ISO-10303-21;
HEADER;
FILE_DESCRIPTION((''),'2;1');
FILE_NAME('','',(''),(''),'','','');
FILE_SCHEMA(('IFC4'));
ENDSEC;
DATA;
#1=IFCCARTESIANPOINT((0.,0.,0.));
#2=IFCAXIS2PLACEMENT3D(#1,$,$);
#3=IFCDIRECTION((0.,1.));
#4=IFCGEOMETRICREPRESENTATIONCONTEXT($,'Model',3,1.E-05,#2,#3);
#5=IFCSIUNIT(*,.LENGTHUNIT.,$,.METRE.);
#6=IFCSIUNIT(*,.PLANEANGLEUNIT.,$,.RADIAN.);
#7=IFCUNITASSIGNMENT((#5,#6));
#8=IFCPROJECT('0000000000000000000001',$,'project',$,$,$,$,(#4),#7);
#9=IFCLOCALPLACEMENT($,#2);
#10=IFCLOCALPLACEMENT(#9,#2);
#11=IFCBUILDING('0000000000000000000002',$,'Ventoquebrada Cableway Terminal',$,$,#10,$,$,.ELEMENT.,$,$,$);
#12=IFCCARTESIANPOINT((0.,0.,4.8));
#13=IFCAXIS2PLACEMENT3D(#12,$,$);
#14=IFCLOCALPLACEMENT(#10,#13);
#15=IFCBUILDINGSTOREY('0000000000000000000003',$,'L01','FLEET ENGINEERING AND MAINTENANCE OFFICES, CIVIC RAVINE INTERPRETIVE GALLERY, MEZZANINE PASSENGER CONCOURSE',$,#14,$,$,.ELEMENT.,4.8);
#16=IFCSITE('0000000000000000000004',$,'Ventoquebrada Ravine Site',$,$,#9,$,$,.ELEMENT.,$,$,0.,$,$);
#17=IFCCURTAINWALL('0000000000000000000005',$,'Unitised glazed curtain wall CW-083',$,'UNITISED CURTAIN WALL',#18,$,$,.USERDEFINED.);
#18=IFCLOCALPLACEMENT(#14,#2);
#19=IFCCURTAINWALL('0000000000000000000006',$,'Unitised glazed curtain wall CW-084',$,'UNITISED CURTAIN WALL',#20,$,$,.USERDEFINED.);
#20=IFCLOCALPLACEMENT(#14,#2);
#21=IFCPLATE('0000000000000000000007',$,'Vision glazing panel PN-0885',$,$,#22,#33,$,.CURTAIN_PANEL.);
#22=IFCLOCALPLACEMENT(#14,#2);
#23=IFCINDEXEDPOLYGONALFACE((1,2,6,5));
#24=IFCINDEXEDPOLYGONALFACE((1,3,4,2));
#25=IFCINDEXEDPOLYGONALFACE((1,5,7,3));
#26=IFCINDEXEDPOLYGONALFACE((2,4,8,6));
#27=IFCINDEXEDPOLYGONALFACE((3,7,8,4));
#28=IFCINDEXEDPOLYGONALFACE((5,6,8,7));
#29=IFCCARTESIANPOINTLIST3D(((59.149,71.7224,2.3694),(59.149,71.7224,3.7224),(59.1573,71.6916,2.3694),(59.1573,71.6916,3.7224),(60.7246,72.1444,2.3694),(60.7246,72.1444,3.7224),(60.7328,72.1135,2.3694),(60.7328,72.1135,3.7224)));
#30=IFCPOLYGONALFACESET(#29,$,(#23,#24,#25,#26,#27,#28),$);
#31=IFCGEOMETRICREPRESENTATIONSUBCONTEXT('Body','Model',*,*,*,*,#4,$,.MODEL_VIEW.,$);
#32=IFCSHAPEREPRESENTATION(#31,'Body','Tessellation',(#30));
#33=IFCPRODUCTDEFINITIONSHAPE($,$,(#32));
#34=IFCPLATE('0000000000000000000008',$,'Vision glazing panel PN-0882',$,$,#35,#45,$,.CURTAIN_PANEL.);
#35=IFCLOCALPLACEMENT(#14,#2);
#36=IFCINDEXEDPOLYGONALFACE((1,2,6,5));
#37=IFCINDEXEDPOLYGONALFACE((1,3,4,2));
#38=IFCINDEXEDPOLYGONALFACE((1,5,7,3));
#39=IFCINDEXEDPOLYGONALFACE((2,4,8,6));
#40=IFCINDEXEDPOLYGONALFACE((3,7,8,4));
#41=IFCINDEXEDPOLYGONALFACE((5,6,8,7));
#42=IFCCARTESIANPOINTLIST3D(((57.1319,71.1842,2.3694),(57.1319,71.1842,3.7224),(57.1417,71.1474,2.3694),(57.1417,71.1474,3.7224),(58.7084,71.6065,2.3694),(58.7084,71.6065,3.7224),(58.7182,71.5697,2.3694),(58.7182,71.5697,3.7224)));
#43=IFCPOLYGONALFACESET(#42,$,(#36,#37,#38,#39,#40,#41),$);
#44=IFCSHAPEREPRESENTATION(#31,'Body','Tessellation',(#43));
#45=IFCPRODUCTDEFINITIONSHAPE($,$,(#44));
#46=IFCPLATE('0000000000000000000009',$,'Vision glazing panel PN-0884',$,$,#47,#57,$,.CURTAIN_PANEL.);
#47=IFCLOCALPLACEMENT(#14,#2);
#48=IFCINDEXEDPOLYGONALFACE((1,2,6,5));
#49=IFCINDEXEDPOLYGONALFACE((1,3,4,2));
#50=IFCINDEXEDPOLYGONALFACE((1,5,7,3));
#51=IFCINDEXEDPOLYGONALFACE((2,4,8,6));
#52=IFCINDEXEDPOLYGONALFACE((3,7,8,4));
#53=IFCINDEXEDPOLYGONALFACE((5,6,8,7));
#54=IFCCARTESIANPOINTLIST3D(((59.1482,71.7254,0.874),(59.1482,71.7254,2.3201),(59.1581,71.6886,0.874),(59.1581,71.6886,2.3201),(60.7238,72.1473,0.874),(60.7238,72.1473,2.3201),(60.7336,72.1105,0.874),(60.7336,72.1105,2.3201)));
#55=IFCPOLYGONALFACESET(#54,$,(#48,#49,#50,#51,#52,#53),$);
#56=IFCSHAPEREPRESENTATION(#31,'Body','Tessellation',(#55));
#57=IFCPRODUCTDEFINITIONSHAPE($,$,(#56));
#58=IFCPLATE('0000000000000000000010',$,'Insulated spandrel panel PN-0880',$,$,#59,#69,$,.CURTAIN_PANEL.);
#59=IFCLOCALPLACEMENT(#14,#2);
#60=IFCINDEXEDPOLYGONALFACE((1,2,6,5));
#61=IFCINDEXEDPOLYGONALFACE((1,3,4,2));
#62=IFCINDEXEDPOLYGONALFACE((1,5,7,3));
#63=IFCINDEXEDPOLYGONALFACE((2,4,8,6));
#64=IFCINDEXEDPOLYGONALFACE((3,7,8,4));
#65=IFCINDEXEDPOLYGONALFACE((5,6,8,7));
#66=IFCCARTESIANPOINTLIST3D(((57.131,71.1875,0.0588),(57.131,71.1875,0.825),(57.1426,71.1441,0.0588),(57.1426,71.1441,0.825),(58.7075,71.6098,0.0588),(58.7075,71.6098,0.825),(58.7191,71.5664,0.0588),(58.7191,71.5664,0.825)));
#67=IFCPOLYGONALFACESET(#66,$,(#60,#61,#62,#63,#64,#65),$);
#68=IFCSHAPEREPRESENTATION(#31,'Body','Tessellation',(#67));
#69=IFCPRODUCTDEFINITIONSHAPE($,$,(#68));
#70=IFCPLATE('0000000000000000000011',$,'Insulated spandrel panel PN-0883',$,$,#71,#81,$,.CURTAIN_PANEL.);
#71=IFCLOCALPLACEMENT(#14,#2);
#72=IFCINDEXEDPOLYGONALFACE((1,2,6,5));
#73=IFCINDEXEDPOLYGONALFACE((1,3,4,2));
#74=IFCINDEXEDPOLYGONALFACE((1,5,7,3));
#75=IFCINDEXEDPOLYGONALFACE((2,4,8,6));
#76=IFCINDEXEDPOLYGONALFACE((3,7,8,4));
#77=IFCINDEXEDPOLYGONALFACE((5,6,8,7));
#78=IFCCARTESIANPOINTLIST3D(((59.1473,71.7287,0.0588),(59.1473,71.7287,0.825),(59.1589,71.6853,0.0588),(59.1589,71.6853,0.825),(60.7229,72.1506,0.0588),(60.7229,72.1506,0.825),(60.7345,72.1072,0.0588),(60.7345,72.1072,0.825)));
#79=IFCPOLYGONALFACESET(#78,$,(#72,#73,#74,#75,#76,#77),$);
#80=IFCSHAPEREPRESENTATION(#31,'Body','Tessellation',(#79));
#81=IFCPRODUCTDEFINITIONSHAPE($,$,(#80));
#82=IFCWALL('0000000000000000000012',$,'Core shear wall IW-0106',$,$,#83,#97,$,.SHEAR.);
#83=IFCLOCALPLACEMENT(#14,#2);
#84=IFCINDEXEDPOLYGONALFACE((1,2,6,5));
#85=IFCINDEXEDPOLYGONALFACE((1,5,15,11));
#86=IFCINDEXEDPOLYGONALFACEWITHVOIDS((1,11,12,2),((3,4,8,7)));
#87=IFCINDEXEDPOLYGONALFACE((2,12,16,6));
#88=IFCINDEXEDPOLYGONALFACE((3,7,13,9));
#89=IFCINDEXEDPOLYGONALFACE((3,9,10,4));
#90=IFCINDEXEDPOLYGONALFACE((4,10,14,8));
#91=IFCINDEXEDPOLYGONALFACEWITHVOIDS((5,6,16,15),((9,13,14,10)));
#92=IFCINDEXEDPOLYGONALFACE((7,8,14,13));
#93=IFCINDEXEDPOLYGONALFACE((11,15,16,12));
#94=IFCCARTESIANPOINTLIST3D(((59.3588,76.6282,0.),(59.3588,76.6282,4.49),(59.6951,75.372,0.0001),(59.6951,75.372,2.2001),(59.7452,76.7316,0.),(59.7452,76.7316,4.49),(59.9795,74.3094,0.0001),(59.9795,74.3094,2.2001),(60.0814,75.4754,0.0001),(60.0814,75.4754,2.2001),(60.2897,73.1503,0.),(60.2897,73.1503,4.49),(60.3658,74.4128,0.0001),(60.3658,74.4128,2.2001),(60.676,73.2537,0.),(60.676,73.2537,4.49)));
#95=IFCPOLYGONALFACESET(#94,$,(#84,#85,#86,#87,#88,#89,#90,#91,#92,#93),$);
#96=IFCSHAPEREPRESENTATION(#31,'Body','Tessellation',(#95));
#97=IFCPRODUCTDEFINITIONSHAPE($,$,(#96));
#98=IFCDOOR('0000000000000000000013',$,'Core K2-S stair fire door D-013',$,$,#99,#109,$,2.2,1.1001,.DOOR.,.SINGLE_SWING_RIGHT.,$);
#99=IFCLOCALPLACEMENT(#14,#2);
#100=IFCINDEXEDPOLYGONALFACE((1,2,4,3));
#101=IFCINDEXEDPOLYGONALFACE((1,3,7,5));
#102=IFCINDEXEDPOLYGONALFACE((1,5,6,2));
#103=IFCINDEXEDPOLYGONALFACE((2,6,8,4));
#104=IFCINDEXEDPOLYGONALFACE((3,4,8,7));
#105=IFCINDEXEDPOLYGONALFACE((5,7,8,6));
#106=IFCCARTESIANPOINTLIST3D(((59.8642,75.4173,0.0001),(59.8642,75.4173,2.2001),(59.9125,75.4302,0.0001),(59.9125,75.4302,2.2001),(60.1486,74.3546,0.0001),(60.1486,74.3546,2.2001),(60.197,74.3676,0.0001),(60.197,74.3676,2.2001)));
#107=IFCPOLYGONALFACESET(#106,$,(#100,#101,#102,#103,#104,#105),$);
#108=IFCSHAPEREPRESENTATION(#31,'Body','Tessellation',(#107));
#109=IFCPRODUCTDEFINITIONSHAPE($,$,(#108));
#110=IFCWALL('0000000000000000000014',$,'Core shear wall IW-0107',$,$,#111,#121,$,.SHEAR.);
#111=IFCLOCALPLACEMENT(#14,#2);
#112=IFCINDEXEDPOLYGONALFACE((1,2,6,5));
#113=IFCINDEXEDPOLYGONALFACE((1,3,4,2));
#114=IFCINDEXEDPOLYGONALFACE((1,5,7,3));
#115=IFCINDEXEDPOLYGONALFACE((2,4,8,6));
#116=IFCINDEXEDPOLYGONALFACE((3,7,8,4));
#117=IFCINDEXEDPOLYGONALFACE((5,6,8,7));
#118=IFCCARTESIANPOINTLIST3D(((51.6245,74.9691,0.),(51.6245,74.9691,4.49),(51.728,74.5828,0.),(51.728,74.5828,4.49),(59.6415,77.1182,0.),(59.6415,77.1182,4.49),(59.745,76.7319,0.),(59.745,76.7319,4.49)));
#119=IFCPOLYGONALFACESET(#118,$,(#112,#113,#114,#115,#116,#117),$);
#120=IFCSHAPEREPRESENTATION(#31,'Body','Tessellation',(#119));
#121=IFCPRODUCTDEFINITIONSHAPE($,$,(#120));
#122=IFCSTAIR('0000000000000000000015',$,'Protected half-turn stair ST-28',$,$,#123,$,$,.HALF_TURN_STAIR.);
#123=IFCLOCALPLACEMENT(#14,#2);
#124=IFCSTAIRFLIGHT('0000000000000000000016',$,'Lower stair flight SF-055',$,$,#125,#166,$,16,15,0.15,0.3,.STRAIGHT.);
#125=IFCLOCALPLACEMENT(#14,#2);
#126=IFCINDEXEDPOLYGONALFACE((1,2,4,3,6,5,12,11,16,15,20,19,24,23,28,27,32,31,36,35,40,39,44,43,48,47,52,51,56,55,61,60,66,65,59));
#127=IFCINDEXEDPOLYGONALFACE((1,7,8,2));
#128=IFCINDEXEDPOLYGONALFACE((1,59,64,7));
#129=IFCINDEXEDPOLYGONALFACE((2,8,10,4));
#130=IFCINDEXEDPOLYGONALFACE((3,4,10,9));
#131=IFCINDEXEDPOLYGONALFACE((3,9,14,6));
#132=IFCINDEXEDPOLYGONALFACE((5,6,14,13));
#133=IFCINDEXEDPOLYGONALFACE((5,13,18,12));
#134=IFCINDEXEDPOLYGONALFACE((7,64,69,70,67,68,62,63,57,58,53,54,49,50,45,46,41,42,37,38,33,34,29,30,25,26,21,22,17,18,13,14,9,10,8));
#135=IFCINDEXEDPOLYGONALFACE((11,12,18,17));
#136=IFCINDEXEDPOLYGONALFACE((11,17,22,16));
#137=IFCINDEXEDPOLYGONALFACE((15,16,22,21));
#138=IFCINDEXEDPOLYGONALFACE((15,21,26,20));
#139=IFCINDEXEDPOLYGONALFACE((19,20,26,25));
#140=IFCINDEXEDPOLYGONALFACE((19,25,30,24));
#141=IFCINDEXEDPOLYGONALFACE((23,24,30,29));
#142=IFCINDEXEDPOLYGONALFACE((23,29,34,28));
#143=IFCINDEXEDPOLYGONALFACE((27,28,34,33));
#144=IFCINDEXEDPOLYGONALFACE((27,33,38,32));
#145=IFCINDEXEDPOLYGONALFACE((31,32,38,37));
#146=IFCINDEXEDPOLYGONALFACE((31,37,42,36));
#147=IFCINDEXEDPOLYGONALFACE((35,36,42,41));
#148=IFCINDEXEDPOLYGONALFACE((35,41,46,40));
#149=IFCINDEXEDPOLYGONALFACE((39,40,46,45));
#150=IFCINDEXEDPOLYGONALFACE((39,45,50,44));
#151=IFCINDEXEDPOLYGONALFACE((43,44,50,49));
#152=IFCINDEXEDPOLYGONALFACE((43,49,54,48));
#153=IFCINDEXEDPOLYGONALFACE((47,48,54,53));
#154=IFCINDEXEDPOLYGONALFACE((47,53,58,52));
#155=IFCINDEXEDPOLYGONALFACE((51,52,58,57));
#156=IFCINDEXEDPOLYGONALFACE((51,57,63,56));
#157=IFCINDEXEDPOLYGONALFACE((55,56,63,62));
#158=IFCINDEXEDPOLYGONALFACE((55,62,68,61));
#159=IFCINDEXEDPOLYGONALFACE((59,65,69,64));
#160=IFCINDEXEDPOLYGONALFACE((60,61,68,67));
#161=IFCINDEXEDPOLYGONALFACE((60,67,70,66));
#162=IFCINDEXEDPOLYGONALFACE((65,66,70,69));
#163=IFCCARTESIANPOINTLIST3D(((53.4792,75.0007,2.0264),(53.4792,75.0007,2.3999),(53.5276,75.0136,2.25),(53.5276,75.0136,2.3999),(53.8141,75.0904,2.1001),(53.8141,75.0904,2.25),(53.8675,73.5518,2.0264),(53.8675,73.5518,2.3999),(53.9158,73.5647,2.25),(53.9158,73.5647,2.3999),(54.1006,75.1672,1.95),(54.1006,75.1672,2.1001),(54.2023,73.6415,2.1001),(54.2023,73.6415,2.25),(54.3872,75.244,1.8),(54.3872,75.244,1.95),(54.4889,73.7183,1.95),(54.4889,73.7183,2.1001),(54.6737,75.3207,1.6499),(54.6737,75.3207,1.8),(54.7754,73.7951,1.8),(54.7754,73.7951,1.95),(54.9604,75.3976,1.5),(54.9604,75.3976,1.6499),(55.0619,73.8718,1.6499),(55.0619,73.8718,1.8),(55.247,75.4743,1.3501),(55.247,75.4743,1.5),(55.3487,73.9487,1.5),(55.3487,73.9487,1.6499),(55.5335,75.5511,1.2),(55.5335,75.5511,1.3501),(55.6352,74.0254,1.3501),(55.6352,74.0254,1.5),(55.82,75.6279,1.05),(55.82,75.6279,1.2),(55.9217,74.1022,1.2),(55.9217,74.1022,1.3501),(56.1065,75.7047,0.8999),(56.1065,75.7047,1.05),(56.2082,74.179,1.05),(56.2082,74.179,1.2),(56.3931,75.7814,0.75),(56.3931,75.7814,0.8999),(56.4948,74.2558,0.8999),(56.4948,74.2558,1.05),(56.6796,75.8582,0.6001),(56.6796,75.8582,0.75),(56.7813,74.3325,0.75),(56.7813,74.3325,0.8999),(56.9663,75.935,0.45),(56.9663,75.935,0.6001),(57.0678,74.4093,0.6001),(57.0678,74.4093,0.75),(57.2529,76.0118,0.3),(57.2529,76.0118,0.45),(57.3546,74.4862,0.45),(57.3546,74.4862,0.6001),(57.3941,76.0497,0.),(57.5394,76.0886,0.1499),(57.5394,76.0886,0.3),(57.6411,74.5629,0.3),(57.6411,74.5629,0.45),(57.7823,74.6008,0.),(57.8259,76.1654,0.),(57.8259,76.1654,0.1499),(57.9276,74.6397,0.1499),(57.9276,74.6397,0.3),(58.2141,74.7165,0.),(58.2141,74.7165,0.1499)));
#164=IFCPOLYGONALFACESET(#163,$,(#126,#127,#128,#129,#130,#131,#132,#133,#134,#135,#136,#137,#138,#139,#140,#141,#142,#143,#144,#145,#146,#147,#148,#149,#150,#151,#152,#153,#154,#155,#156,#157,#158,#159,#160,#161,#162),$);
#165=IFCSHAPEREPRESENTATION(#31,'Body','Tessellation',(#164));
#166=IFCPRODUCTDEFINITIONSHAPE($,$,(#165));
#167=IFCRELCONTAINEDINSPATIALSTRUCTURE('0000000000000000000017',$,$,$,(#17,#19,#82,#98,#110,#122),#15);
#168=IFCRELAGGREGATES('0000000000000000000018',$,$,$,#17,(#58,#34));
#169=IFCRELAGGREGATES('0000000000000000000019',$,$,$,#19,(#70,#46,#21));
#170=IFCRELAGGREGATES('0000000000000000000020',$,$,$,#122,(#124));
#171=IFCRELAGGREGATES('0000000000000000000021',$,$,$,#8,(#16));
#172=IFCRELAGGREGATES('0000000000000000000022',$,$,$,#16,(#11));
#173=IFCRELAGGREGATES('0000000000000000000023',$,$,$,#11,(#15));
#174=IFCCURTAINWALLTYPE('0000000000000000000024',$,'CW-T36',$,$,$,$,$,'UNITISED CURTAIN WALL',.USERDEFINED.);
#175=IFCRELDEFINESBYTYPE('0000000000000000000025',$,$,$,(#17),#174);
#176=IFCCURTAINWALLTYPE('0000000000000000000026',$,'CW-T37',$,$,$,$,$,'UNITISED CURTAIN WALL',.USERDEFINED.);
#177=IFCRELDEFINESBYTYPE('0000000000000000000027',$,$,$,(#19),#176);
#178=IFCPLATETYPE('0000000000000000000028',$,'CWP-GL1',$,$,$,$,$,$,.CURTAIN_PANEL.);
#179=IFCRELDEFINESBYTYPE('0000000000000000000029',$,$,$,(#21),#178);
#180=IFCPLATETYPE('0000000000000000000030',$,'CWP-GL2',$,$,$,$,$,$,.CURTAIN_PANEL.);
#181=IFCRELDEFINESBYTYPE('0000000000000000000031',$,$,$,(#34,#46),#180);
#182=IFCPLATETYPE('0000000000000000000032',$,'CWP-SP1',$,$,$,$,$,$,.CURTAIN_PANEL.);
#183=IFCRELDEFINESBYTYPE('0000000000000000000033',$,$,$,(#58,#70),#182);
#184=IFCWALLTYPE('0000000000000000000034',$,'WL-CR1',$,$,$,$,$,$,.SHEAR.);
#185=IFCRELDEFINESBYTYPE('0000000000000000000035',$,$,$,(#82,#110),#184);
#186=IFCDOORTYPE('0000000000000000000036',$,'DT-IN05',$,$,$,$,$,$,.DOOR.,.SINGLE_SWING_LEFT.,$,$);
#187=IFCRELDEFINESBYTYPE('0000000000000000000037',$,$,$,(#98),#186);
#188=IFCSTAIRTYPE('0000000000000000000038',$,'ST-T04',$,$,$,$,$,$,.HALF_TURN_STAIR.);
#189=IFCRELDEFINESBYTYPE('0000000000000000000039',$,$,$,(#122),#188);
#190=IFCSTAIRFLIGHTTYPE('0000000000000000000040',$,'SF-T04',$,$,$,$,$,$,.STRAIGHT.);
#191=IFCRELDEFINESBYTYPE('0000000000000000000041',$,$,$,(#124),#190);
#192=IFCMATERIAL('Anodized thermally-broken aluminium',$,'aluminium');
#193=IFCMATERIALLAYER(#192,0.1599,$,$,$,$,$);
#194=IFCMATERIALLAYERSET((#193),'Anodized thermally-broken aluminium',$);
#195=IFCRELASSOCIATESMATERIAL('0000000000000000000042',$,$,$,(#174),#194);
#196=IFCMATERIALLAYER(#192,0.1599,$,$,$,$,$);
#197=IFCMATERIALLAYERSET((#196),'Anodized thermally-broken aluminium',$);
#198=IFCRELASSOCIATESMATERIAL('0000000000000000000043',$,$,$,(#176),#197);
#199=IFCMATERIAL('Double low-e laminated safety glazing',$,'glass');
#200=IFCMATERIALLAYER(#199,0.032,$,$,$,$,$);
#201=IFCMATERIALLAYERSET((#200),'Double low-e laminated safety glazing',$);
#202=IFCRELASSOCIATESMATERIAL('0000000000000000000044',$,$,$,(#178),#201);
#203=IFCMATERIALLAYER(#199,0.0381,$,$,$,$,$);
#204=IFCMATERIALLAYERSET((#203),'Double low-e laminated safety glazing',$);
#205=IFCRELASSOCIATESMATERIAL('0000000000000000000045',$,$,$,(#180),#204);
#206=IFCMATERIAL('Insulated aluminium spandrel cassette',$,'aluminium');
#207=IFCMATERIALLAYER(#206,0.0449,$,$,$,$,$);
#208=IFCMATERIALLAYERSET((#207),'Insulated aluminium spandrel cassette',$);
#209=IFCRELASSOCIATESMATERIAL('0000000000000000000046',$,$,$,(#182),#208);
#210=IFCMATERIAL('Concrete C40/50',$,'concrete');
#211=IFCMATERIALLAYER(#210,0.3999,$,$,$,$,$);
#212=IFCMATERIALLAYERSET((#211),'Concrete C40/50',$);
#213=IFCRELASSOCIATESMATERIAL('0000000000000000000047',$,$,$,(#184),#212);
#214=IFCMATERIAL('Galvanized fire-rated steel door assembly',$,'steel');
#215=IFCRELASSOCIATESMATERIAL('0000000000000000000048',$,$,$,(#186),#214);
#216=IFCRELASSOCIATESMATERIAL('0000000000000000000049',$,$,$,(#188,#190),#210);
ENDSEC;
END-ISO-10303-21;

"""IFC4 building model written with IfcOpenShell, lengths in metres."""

from ifc_helpers import new_model, si_unit, direction, frame, frame_2d, origin, origin_2d, place, context, subcontext, project, spatial, polyline, rectangle, outline, extrude, material, layer, layer_set, type_object, element, fill, aggregate, save


model = new_model("IFC4")

# Units and contexts
model_context = context("Model", 3, precision=1e-05, world=origin(), true_north=direction((0.0, 1.0)))
body_context = subcontext(model_context, "Body", "Model", "MODEL_VIEW")
ifc_project = project(units=[si_unit("LENGTHUNIT", "METRE"), si_unit("PLANEANGLEUNIT", "RADIAN")], contexts=[model_context])

# Site, building, storey
site_placement = place(None, origin())
site = spatial("IfcSite", under=ifc_project, at=site_placement, Name="Ventoquebrada Ravine Site", CompositionType="ELEMENT", RefElevation=0.0)
building_placement = place(site_placement, origin())
building = spatial("IfcBuilding", under=site, at=building_placement, Name="Ventoquebrada Cableway Terminal", CompositionType="ELEMENT")
storey_placement = place(building_placement, frame((0.0, 0.0, 4.8)))
storey = spatial("IfcBuildingStorey", under=building, at=storey_placement, Name="L01", Description="FLEET ENGINEERING AND MAINTENANCE OFFICES, CIVIC RAVINE INTERPRETIVE GALLERY, MEZZANINE PASSENGER CONCOURSE", CompositionType="ELEMENT", Elevation=4.8)

# Curtain wall
ifc_material_1 = material(Name="Anodized thermally-broken aluminium", Category="aluminium")
ifc_layer_1 = layer(ifc_material_1, 0.1599)
ifc_layer_set_1 = layer_set([ifc_layer_1], Name="Anodized thermally-broken aluminium")
curtain_wall_type_1 = type_object("IfcCurtainWallType", Name="CW-T36", ElementType="UNITISED CURTAIN WALL", PredefinedType="USERDEFINED", material=ifc_layer_set_1)
curtain_wall_1_placement = place(storey_placement, origin())
curtain_wall_1 = element("IfcCurtainWall", 1, at=curtain_wall_1_placement, inside=storey, type_object=curtain_wall_type_1, Name="Unitised glazed curtain wall CW-083", ObjectType="UNITISED CURTAIN WALL", PredefinedType="USERDEFINED")

# Curtain wall
ifc_layer_2 = layer(ifc_material_1, 0.1599)
ifc_layer_set_2 = layer_set([ifc_layer_2], Name="Anodized thermally-broken aluminium")
curtain_wall_type_2 = type_object("IfcCurtainWallType", Name="CW-T37", ElementType="UNITISED CURTAIN WALL", PredefinedType="USERDEFINED", material=ifc_layer_set_2)
curtain_wall_2_placement = place(storey_placement, origin())
curtain_wall_2 = element("IfcCurtainWall", 2, at=curtain_wall_2_placement, inside=storey, type_object=curtain_wall_type_2, Name="Unitised glazed curtain wall CW-084", ObjectType="UNITISED CURTAIN WALL", PredefinedType="USERDEFINED")

# Plates
ifc_material_2 = material(Name="Double low-e laminated safety glazing", Category="glass")
ifc_layer_3 = layer(ifc_material_2, 0.032)
ifc_layer_set_3 = layer_set([ifc_layer_3], Name="Double low-e laminated safety glazing")
plate_type_1 = type_object("IfcPlateType", Name="CWP-GL1", PredefinedType="CURTAIN_PANEL", material=ifc_layer_set_3)
plate_1_placement = place(storey_placement, frame((59.9409, 71.918, 2.3694), z_axis=(0.0, 0.0, 1.0), x_axis=(0.965962, 0.258684, 0.0)))
plate_1 = element("IfcPlate", 3, at=plate_1_placement, type_object=plate_type_1, Name="Vision glazing panel PN-0885", PredefinedType="CURTAIN_PANEL", context=body_context, shape_type="SweptSolid", body=[
    extrude(rectangle(XDim=1.6311, YDim=0.032, at=origin_2d()), origin(), (0.0, 0.0, 1.0), 1.353),
])
ifc_layer_4 = layer(ifc_material_2, 0.0381)
ifc_layer_set_4 = layer_set([ifc_layer_4], Name="Double low-e laminated safety glazing")
plate_type_2 = type_object("IfcPlateType", Name="CWP-GL2", PredefinedType="CURTAIN_PANEL", material=ifc_layer_set_4)
plate_2_placement = place(storey_placement, frame((57.925, 71.377, 2.3694), z_axis=(0.0, 0.0, 1.0), x_axis=(0.965935, 0.258785, 0.0)))
plate_2 = element("IfcPlate", 4, at=plate_2_placement, type_object=plate_type_2, Name="Vision glazing panel PN-0882", PredefinedType="CURTAIN_PANEL", context=body_context, shape_type="SweptSolid", body=[
    extrude(rectangle(XDim=1.6321, YDim=0.0381, at=origin_2d()), origin(), (0.0, 0.0, 1.0), 1.353),
])
plate_3_placement = place(storey_placement, frame((59.9409, 71.918, 0.874), z_axis=(0.0, 0.0, 1.0), x_axis=(0.965962, 0.258684, 0.0)))
plate_3 = element("IfcPlate", 5, at=plate_3_placement, type_object=plate_type_2, Name="Vision glazing panel PN-0884", PredefinedType="CURTAIN_PANEL", context=body_context, shape_type="SweptSolid", body=[
    extrude(rectangle(XDim=1.6311, YDim=0.0381, at=origin_2d()), origin(), (0.0, 0.0, 1.0), 1.446),
])
ifc_material_3 = material(Name="Insulated aluminium spandrel cassette", Category="aluminium")
ifc_layer_5 = layer(ifc_material_3, 0.0449)
ifc_layer_set_5 = layer_set([ifc_layer_5], Name="Insulated aluminium spandrel cassette")
plate_type_3 = type_object("IfcPlateType", Name="CWP-SP1", PredefinedType="CURTAIN_PANEL", material=ifc_layer_set_5)
plate_4_placement = place(storey_placement, frame((57.925, 71.377, 0.0588), z_axis=(0.0, 0.0, 1.0), x_axis=(0.965935, 0.258785, 0.0)))
plate_4 = element("IfcPlate", 6, at=plate_4_placement, type_object=plate_type_3, Name="Insulated spandrel panel PN-0880", PredefinedType="CURTAIN_PANEL", context=body_context, shape_type="SweptSolid", body=[
    extrude(rectangle(XDim=1.6321, YDim=0.0449, at=origin_2d()), origin(), (0.0, 0.0, 1.0), 0.7661),
])
aggregate(curtain_wall_1, [plate_4, plate_2])
plate_5_placement = place(storey_placement, frame((59.9409, 71.918, 0.0588), z_axis=(0.0, 0.0, 1.0), x_axis=(0.965962, 0.258684, 0.0)))
plate_5 = element("IfcPlate", 7, at=plate_5_placement, type_object=plate_type_3, Name="Insulated spandrel panel PN-0883", PredefinedType="CURTAIN_PANEL", context=body_context, shape_type="SweptSolid", body=[
    extrude(rectangle(XDim=1.6311, YDim=0.0449, at=origin_2d()), origin(), (0.0, 0.0, 1.0), 0.7661),
])
aggregate(curtain_wall_2, [plate_5, plate_3, plate_1])

# Wall, opening, door
ifc_material_4 = material(Name="Concrete C40/50", Category="concrete")
ifc_layer_6 = layer(ifc_material_4, 0.3999)
ifc_layer_set_6 = layer_set([ifc_layer_6], Name="Concrete C40/50")
wall_type = type_object("IfcWallType", Name="WL-CR1", PredefinedType="SHEAR", material=ifc_layer_set_6)
wall_1_placement = place(storey_placement, frame((60.4829, 73.2019, 0.0), z_axis=(0.0, 0.0, 1.0), x_axis=(-0.258553, 0.965997, 0.0)))
wall_1 = element("IfcWall", 8, at=wall_1_placement, inside=storey, type_object=wall_type, Name="Core shear wall IW-0106", PredefinedType="SHEAR", context=body_context, shape_type="SweptSolid", body=[
    extrude(rectangle(XDim=3.6003, YDim=0.3999, at=frame_2d((1.8003, 0.0))), origin(), (0.0, 0.0, 1.0), 4.49),
])
opening_placement = place(wall_1_placement, frame((1.2, 0.0, 0.0)))
opening = element("IfcOpeningElement", 9, at=opening_placement, cuts=wall_1, PredefinedType="OPENING", context=body_context, shape_type="SweptSolid", body=[
    extrude(rectangle(XDim=1.1001, YDim=2.2, at=frame_2d((0.55, 1.1001))), frame((0.0, 0.21, 0.0), z_axis=(0.0, -1.0, 0.0), x_axis=(1.0, 0.0, 0.0)), (0.0, 0.0, 1.0), 0.4199),
])
ifc_material_5 = material(Name="Galvanized fire-rated steel door assembly", Category="steel")
door_type = type_object("IfcDoorType", Name="DT-IN05", OperationType="SINGLE_SWING_LEFT", PredefinedType="DOOR", material=ifc_material_5)
door_placement = place(opening_placement, origin())
door = element("IfcDoor", 10, at=door_placement, inside=storey, type_object=door_type, Name="Core K2-S stair fire door D-013", OperationType="SINGLE_SWING_RIGHT", OverallHeight=2.2, OverallWidth=1.1001, PredefinedType="DOOR", context=body_context, shape_type="SweptSolid", body=[
    extrude(rectangle(XDim=1.1001, YDim=2.2, at=frame_2d((0.55, 1.1001))), frame((0.0, 0.0249, 0.0), z_axis=(0.0, -1.0, 0.0), x_axis=(1.0, 0.0, 0.0)), (0.0, 0.0, 1.0), 0.05),
])
fill(opening, door)

# Wall
wall_2_placement = place(storey_placement, frame((59.6931, 76.925, 0.0), z_axis=(0.0, 0.0, 1.0), x_axis=(-0.965896, -0.258931, 0.0)))
element("IfcWall", 11, at=wall_2_placement, inside=storey, type_object=wall_type, Name="Core shear wall IW-0107", PredefinedType="SHEAR", context=body_context, shape_type="SweptSolid", body=[
    extrude(rectangle(XDim=8.3, YDim=0.3999, at=frame_2d((4.1499, 0.0))), origin(), (0.0, 0.0, 1.0), 4.49),
])

# Stair, stair flight
stair_type = type_object("IfcStairType", Name="ST-T04", PredefinedType="HALF_TURN_STAIR", material=ifc_material_4)
stair_placement = place(storey_placement, origin())
stair = element("IfcStair", 12, at=stair_placement, inside=storey, type_object=stair_type, Name="Protected half-turn stair ST-28", PredefinedType="HALF_TURN_STAIR")
stair_flight_type = type_object("IfcStairFlightType", Name="SF-T04", PredefinedType="STRAIGHT", material=ifc_material_4)
stair_flight_placement = place(storey_placement, frame((58.02, 75.4409, 0.0), z_axis=(0.0, 0.0, 1.0), x_axis=(-0.965926, -0.258819, 0.0)))
stair_flight = element("IfcStairFlight", 13, at=stair_flight_placement, type_object=stair_flight_type, Name="Lower stair flight SF-055", NumberOfRisers=16, NumberOfTreads=15, PredefinedType="STRAIGHT", RiserHeight=0.15, TreadLength=0.3, context=body_context, shape_type="SweptSolid", body=[
    extrude(outline(polyline([(0.0, 0.0), (0.0, 0.1499), (0.2966, 0.1499), (0.2966, 0.3), (0.5933, 0.3), (0.5933, 0.45), (0.8899, 0.45), (0.8899, 0.6001), (1.1868, 0.6001), (1.1868, 0.75), (1.4834, 0.75), (1.4834, 0.8999), (1.78, 0.8999), (1.78, 1.05), (2.0767, 1.05), (2.0767, 1.2), (2.3733, 1.2), (2.3733, 1.3501), (2.6699, 1.3501), (2.6699, 1.5), (2.9666, 1.5), (2.9666, 1.6499), (3.2634, 1.6499), (3.2634, 1.8), (3.5601, 1.8), (3.5601, 1.95), (3.8567, 1.95), (3.8567, 2.1001), (4.1533, 2.1001), (4.1533, 2.25), (4.45, 2.25), (4.45, 2.3999), (4.5, 2.3999), (4.5, 2.0264), (0.447, 0.0), (0.0, 0.0)])), frame((0.0, 0.75, 0.0), z_axis=(0.0, -1.0, 0.0), x_axis=(1.0, 0.0, 0.0)), (0.0, 0.0, 1.0), 1.5),
])
aggregate(stair, [stair_flight])

save(model, "model.ifc")
